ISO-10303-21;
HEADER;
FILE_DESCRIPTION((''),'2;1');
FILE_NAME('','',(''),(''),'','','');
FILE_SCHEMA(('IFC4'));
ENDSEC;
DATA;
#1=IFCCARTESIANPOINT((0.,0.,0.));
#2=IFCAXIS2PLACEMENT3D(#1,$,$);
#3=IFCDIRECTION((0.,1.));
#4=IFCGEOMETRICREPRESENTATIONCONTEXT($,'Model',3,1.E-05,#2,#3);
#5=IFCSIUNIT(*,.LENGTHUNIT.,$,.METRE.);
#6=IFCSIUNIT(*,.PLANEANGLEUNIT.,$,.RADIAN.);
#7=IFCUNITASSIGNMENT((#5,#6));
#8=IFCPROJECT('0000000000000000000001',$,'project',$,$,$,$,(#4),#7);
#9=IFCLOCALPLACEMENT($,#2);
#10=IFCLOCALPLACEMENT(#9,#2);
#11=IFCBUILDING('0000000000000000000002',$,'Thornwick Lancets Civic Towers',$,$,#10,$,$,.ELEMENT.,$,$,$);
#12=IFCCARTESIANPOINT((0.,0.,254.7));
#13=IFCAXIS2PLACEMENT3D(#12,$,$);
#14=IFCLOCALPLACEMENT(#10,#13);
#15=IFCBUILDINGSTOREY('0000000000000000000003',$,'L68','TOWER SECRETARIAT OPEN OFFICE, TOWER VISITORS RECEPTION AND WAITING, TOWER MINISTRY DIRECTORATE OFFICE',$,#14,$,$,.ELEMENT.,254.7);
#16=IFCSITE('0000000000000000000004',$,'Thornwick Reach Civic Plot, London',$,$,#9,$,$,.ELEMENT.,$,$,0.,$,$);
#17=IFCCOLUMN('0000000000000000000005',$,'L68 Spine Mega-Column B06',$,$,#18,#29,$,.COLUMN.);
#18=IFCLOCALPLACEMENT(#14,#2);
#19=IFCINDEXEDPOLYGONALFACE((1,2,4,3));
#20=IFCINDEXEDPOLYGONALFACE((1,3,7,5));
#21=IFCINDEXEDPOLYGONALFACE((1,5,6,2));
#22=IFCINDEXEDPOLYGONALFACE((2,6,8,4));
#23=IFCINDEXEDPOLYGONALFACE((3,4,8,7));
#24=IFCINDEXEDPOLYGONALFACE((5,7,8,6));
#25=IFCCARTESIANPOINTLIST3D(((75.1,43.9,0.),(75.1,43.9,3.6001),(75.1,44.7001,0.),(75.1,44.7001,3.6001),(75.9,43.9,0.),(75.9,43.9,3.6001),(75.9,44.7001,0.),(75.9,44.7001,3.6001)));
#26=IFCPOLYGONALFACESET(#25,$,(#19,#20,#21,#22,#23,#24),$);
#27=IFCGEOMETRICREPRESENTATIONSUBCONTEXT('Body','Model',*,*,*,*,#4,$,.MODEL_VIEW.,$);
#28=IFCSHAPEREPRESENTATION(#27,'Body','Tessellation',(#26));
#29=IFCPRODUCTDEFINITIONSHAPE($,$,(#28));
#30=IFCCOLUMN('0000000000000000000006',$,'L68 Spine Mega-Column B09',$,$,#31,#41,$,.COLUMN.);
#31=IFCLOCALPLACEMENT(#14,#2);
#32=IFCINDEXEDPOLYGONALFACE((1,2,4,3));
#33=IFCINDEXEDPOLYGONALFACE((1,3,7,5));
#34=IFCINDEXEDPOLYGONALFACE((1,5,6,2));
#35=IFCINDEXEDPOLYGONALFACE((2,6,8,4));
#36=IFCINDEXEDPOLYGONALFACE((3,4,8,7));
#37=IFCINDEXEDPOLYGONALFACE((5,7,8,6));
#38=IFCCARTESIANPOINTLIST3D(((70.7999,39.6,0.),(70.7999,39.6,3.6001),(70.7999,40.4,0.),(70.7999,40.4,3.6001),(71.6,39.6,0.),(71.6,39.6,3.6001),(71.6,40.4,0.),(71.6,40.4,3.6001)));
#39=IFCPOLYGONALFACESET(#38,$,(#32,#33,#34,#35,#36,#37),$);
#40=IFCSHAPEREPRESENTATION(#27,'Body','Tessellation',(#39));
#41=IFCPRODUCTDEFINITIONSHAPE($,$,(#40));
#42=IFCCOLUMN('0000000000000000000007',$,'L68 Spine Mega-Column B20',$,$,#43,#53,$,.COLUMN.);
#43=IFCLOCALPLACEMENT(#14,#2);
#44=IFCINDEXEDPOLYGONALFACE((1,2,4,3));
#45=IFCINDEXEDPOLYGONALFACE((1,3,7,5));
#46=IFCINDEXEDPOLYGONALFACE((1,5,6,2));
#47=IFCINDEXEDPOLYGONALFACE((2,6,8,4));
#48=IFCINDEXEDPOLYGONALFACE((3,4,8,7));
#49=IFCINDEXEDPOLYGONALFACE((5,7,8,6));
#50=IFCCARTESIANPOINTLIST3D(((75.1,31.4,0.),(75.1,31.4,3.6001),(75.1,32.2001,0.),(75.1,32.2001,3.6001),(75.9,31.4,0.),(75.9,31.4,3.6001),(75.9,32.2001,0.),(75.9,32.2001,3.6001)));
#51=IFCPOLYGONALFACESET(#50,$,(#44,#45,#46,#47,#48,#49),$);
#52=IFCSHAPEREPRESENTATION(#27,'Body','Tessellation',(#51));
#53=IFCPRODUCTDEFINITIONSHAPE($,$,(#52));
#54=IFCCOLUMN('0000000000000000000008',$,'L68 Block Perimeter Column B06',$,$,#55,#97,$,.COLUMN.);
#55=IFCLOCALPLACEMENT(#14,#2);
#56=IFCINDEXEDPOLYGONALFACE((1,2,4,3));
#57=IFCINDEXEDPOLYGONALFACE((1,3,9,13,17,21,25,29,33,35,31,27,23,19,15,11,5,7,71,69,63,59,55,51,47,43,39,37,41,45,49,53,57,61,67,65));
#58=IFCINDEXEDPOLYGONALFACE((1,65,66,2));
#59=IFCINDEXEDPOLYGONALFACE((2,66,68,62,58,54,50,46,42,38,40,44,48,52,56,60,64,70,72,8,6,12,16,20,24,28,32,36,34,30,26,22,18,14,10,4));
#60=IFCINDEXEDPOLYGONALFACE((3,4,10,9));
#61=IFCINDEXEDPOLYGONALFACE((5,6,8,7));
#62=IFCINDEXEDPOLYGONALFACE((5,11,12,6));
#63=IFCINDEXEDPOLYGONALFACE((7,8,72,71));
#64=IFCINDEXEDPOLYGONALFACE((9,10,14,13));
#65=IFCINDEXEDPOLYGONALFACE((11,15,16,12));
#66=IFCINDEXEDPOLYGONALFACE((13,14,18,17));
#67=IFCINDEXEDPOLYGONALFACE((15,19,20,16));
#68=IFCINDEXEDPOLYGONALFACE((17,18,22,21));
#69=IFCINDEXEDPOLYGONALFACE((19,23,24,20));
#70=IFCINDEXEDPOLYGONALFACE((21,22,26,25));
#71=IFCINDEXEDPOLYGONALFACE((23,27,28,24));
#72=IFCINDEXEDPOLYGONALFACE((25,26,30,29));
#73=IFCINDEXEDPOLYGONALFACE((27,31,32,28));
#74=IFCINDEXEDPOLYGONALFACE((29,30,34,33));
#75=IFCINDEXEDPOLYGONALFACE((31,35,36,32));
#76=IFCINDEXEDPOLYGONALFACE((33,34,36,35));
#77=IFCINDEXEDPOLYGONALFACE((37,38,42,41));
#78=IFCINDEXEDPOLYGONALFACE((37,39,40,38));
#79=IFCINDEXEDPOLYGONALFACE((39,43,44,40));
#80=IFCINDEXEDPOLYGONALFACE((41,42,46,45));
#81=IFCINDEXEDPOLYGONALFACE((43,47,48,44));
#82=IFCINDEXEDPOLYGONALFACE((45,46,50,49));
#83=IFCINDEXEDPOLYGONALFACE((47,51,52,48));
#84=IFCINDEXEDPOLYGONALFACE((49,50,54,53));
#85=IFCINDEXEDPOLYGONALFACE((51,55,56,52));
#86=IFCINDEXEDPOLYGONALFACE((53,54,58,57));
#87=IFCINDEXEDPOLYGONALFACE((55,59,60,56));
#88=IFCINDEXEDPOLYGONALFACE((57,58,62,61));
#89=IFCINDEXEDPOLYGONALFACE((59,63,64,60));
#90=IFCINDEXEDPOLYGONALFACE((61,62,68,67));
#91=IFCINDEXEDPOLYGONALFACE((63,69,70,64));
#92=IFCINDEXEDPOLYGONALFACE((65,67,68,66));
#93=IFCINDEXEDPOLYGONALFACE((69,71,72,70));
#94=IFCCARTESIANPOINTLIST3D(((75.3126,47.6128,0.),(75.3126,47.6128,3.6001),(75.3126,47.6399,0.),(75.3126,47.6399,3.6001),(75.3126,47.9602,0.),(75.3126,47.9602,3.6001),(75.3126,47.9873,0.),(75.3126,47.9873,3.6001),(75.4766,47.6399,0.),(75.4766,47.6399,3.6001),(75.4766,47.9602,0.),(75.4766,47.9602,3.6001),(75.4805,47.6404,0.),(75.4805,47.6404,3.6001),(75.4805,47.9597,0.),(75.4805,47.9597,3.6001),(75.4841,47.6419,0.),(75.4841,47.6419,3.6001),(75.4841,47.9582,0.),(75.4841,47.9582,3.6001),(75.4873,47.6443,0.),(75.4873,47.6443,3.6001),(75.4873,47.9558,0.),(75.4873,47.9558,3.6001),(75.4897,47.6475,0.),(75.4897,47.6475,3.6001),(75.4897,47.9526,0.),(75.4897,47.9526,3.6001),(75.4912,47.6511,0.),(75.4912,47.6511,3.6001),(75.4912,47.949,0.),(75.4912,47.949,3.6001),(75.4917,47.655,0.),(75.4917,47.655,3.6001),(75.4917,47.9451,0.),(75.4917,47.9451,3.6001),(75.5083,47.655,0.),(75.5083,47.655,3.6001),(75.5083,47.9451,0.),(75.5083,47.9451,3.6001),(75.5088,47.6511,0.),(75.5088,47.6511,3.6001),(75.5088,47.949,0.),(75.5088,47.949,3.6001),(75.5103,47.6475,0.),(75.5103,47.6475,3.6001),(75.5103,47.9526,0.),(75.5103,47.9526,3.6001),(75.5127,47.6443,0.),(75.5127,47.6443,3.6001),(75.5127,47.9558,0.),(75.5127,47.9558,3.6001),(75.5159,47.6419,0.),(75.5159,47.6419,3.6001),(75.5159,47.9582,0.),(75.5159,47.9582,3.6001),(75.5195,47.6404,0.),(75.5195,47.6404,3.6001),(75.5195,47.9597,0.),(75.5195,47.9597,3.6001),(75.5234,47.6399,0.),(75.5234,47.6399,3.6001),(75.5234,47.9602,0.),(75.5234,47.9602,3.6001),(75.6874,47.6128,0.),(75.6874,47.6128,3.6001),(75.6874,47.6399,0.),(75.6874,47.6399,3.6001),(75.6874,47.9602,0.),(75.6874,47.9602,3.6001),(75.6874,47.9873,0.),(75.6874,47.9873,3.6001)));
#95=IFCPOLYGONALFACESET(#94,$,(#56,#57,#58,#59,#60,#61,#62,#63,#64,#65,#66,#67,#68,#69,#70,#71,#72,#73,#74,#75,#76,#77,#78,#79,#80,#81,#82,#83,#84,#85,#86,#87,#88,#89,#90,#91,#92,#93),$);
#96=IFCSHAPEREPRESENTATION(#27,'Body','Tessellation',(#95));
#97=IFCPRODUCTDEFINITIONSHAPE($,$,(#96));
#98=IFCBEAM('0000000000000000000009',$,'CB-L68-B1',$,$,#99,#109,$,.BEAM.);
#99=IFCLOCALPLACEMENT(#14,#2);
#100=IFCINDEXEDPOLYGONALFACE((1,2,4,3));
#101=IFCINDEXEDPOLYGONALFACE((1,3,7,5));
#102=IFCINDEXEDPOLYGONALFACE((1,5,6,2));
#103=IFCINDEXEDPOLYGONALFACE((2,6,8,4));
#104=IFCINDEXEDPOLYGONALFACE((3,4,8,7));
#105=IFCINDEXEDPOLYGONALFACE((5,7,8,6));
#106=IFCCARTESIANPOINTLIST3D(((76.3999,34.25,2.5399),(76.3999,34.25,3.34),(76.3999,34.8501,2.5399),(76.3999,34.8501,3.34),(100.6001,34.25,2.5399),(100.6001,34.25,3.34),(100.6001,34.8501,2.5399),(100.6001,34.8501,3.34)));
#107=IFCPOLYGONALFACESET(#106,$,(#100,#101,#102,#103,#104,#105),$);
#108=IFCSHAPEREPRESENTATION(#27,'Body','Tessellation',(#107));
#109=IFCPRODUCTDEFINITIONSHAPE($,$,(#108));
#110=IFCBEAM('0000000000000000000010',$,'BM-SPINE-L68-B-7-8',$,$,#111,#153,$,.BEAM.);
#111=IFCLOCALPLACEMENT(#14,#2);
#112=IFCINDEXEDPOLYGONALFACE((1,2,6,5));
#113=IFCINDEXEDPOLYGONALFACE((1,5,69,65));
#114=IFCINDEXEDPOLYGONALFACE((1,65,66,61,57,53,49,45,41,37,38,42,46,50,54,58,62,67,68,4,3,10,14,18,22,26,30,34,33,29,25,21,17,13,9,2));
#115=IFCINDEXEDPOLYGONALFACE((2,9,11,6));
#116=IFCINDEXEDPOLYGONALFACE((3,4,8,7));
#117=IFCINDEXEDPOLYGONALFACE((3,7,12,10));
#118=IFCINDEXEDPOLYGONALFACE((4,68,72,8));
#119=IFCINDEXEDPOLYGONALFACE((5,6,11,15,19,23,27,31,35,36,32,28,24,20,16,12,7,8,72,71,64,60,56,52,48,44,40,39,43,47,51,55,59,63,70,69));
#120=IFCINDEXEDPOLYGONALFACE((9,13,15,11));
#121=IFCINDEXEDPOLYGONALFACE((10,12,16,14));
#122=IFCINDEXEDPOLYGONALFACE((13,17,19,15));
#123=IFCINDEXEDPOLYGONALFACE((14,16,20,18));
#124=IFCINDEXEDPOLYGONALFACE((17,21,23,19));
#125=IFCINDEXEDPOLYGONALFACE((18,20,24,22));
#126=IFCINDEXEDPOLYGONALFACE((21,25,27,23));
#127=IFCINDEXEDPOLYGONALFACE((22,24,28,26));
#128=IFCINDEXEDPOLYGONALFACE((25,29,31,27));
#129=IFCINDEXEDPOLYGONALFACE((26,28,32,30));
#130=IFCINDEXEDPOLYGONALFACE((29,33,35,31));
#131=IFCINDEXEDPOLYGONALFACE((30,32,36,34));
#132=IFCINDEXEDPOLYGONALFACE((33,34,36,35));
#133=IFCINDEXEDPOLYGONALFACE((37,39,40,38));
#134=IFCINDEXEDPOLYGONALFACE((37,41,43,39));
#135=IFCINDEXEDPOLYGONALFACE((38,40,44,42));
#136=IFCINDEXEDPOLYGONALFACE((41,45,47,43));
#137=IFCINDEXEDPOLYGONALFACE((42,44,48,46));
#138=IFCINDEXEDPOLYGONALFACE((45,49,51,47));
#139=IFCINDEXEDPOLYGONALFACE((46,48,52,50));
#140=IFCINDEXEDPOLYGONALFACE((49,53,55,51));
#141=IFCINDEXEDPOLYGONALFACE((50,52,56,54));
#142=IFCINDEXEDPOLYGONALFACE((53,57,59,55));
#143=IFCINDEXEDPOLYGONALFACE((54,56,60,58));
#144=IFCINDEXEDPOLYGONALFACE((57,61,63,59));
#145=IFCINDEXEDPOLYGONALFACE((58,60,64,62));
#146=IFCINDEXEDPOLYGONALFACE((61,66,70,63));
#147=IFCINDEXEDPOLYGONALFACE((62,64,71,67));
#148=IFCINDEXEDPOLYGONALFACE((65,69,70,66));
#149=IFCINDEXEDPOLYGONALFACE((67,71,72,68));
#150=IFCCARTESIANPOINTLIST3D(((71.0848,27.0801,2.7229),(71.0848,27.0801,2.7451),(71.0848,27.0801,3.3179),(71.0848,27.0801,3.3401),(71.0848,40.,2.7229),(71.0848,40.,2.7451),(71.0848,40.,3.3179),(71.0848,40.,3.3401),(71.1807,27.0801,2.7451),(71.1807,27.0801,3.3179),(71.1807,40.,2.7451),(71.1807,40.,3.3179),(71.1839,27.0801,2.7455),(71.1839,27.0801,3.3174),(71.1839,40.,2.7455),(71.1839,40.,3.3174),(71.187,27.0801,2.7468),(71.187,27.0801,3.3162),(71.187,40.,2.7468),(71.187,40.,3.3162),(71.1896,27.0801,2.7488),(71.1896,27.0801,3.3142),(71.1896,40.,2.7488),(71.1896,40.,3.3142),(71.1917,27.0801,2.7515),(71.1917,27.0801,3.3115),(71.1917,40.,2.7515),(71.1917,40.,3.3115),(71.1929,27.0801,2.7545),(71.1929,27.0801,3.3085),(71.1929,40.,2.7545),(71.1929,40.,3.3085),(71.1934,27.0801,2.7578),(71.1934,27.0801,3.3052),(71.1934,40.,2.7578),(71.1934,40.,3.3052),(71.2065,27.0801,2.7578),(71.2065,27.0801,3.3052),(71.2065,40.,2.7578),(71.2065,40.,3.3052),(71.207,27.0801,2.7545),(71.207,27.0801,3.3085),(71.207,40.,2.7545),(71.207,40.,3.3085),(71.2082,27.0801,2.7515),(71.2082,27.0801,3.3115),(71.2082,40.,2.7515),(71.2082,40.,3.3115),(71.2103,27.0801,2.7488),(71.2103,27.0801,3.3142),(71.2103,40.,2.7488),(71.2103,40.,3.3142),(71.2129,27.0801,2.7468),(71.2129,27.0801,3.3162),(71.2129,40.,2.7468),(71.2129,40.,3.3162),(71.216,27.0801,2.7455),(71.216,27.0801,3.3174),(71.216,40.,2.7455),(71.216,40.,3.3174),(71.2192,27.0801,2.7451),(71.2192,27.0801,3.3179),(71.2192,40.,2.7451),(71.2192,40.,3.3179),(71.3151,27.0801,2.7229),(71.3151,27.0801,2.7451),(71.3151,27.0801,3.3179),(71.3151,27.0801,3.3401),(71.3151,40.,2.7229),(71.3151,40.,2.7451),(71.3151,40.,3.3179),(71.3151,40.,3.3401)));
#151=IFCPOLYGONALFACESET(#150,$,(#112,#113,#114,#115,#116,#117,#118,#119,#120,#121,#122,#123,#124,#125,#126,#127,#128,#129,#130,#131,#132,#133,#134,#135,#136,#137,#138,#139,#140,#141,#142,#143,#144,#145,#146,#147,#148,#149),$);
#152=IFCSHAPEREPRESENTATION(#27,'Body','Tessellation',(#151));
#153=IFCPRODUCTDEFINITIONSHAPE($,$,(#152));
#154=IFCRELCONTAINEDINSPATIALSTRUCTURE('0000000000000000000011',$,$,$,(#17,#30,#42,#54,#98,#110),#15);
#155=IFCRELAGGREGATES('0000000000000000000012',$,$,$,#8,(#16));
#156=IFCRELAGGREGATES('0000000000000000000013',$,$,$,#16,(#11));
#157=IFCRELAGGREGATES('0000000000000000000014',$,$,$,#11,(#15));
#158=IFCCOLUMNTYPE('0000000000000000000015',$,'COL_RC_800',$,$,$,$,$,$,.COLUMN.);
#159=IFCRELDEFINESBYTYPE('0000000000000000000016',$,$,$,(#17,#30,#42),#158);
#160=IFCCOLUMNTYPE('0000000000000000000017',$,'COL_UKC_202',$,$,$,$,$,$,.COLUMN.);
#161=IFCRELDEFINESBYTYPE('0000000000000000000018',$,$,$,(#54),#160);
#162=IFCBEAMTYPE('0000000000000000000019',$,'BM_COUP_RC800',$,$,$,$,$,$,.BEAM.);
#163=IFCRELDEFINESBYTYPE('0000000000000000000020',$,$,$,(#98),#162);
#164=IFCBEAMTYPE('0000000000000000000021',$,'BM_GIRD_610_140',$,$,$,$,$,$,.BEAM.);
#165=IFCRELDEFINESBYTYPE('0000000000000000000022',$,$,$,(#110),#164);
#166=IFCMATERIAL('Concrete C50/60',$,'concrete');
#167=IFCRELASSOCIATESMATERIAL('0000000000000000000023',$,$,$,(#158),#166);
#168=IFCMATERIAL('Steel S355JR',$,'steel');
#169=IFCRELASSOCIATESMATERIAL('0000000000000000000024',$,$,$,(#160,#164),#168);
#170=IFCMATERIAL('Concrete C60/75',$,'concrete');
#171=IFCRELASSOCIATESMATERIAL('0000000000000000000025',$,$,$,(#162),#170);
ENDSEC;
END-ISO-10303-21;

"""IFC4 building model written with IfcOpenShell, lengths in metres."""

from ifc_helpers import new_model, si_unit, direction, frame, origin, origin_2d, place, context, subcontext, project, spatial, rectangle, i_section, extrude, material, material_profile, profile_set, type_object, element, save


model = new_model("IFC4")

# Units and contexts
model_context = context("Model", 3, precision=1e-05, world=origin(), true_north=direction((0.0, 1.0)))
body_context = subcontext(model_context, "Body", "Model", "MODEL_VIEW")
ifc_project = project(units=[si_unit("LENGTHUNIT", "METRE"), si_unit("PLANEANGLEUNIT", "RADIAN")], contexts=[model_context])

# Site, building, storey
site_placement = place(None, origin())
site = spatial("IfcSite", under=ifc_project, at=site_placement, Name="Thornwick Reach Civic Plot, London", CompositionType="ELEMENT", RefElevation=0.0)
building_placement = place(site_placement, origin())
building = spatial("IfcBuilding", under=site, at=building_placement, Name="Thornwick Lancets Civic Towers", CompositionType="ELEMENT")
storey_placement = place(building_placement, frame((0.0, 0.0, 254.7)))
storey = spatial("IfcBuildingStorey", under=building, at=storey_placement, Name="L68", Description="TOWER SECRETARIAT OPEN OFFICE, TOWER VISITORS RECEPTION AND WAITING, TOWER MINISTRY DIRECTORATE OFFICE", CompositionType="ELEMENT", Elevation=254.7)

# Columns
ifc_material_1 = material(Name="Concrete C50/60", Category="concrete")
ifc_material_profile_1 = material_profile(ifc_material_1, rectangle(XDim=0.8, YDim=0.8, at=origin_2d()), Name="RC 800x800")
ifc_profile_set_1 = profile_set([ifc_material_profile_1], Name="Concrete C50/60")
column_type_1 = type_object("IfcColumnType", Name="COL_RC_800", PredefinedType="COLUMN", material=ifc_profile_set_1)
for number, where, z_axis, x_axis, name in (
    (1, (75.5, 44.3, 0.0), (0.0, 0.0, 1.0), (1.0, 0.0, 0.0), "L68 Spine Mega-Column B06"),
    (2, (71.2, 40.0, 0.0), (0.0, 0.0, 1.0), (1.0, 0.0, 0.0), "L68 Spine Mega-Column B09"),
    (3, (75.5, 31.8, 0.0), (0.0, 0.0, 1.0), (1.0, 0.0, 0.0), "L68 Spine Mega-Column B20"),
):
    element("IfcColumn", number, at=place(storey_placement, frame(where, z_axis=z_axis, x_axis=x_axis)), inside=storey, type_object=column_type_1, Name=name, PredefinedType="COLUMN", context=body_context, shape_type="SweptSolid", body=[
        extrude(rectangle(XDim=0.8, YDim=0.8, at=origin_2d()), origin(), (0.0, 0.0, 1.0), 3.6001),
    ])
ifc_material_2 = material(Name="Steel S355JR", Category="steel")
ifc_material_profile_2 = material_profile(ifc_material_2, i_section(OverallWidth=0.3748, OverallDepth=0.3745, WebThickness=0.0166, FlangeThickness=0.0271, FilletRadius=0.0151, at=origin_2d()), Name="UKC 356x368x202")
ifc_profile_set_2 = profile_set([ifc_material_profile_2], Name="Steel S355JR")
column_type_2 = type_object("IfcColumnType", Name="COL_UKC_202", PredefinedType="COLUMN", material=ifc_profile_set_2)
column_placement = place(storey_placement, frame((75.5, 47.8, 0.0), z_axis=(0.0, 0.0, 1.0), x_axis=(1.0, 0.0, 0.0)))
element("IfcColumn", 4, at=column_placement, inside=storey, type_object=column_type_2, Name="L68 Block Perimeter Column B06", PredefinedType="COLUMN", context=body_context, shape_type="SweptSolid", body=[
    extrude(i_section(OverallWidth=0.3748, OverallDepth=0.3745, WebThickness=0.0166, FlangeThickness=0.0271, FilletRadius=0.0151, at=origin_2d()), origin(), (0.0, 0.0, 1.0), 3.6001),
])

# Beams
ifc_material_3 = material(Name="Concrete C60/75", Category="concrete")
ifc_material_profile_3 = material_profile(ifc_material_3, rectangle(XDim=0.6001, YDim=0.8, at=origin_2d()), Name="RC 600x800")
ifc_profile_set_3 = profile_set([ifc_material_profile_3], Name="Concrete C60/75")
beam_type_1 = type_object("IfcBeamType", Name="BM_COUP_RC800", PredefinedType="BEAM", material=ifc_profile_set_3)
beam_1_placement = place(storey_placement, frame((76.3999, 34.55, 2.9399), z_axis=(1.0, 0.0, 0.0), x_axis=(0.0, 1.0, 0.0)))
element("IfcBeam", 5, at=beam_1_placement, inside=storey, type_object=beam_type_1, Name="CB-L68-B1", PredefinedType="BEAM", context=body_context, shape_type="SweptSolid", body=[
    extrude(rectangle(XDim=0.6001, YDim=0.8, at=origin_2d()), origin(), (0.0, 0.0, 1.0), 24.2002),
])
ifc_material_profile_4 = material_profile(ifc_material_2, i_section(OverallWidth=0.2302, OverallDepth=0.6172, WebThickness=0.0132, FlangeThickness=0.0222, FilletRadius=0.0127, at=origin_2d()), Name="UKB 610x229x140")
ifc_profile_set_4 = profile_set([ifc_material_profile_4], Name="Steel S355JR")
beam_type_2 = type_object("IfcBeamType", Name="BM_GIRD_610_140", PredefinedType="BEAM", material=ifc_profile_set_4)
beam_2_placement = place(storey_placement, frame((71.2, 27.0801, 3.0315), z_axis=(0.0, 1.0, 0.0), x_axis=(-1.0, 0.0, 0.0)))
element("IfcBeam", 6, at=beam_2_placement, inside=storey, type_object=beam_type_2, Name="BM-SPINE-L68-B-7-8", PredefinedType="BEAM", context=body_context, shape_type="SweptSolid", body=[
    extrude(i_section(OverallWidth=0.2302, OverallDepth=0.6172, WebThickness=0.0132, FlangeThickness=0.0222, FilletRadius=0.0127, at=origin_2d()), origin(), (0.0, 0.0, 1.0), 12.9199),
])

save(model, "model.ifc")
